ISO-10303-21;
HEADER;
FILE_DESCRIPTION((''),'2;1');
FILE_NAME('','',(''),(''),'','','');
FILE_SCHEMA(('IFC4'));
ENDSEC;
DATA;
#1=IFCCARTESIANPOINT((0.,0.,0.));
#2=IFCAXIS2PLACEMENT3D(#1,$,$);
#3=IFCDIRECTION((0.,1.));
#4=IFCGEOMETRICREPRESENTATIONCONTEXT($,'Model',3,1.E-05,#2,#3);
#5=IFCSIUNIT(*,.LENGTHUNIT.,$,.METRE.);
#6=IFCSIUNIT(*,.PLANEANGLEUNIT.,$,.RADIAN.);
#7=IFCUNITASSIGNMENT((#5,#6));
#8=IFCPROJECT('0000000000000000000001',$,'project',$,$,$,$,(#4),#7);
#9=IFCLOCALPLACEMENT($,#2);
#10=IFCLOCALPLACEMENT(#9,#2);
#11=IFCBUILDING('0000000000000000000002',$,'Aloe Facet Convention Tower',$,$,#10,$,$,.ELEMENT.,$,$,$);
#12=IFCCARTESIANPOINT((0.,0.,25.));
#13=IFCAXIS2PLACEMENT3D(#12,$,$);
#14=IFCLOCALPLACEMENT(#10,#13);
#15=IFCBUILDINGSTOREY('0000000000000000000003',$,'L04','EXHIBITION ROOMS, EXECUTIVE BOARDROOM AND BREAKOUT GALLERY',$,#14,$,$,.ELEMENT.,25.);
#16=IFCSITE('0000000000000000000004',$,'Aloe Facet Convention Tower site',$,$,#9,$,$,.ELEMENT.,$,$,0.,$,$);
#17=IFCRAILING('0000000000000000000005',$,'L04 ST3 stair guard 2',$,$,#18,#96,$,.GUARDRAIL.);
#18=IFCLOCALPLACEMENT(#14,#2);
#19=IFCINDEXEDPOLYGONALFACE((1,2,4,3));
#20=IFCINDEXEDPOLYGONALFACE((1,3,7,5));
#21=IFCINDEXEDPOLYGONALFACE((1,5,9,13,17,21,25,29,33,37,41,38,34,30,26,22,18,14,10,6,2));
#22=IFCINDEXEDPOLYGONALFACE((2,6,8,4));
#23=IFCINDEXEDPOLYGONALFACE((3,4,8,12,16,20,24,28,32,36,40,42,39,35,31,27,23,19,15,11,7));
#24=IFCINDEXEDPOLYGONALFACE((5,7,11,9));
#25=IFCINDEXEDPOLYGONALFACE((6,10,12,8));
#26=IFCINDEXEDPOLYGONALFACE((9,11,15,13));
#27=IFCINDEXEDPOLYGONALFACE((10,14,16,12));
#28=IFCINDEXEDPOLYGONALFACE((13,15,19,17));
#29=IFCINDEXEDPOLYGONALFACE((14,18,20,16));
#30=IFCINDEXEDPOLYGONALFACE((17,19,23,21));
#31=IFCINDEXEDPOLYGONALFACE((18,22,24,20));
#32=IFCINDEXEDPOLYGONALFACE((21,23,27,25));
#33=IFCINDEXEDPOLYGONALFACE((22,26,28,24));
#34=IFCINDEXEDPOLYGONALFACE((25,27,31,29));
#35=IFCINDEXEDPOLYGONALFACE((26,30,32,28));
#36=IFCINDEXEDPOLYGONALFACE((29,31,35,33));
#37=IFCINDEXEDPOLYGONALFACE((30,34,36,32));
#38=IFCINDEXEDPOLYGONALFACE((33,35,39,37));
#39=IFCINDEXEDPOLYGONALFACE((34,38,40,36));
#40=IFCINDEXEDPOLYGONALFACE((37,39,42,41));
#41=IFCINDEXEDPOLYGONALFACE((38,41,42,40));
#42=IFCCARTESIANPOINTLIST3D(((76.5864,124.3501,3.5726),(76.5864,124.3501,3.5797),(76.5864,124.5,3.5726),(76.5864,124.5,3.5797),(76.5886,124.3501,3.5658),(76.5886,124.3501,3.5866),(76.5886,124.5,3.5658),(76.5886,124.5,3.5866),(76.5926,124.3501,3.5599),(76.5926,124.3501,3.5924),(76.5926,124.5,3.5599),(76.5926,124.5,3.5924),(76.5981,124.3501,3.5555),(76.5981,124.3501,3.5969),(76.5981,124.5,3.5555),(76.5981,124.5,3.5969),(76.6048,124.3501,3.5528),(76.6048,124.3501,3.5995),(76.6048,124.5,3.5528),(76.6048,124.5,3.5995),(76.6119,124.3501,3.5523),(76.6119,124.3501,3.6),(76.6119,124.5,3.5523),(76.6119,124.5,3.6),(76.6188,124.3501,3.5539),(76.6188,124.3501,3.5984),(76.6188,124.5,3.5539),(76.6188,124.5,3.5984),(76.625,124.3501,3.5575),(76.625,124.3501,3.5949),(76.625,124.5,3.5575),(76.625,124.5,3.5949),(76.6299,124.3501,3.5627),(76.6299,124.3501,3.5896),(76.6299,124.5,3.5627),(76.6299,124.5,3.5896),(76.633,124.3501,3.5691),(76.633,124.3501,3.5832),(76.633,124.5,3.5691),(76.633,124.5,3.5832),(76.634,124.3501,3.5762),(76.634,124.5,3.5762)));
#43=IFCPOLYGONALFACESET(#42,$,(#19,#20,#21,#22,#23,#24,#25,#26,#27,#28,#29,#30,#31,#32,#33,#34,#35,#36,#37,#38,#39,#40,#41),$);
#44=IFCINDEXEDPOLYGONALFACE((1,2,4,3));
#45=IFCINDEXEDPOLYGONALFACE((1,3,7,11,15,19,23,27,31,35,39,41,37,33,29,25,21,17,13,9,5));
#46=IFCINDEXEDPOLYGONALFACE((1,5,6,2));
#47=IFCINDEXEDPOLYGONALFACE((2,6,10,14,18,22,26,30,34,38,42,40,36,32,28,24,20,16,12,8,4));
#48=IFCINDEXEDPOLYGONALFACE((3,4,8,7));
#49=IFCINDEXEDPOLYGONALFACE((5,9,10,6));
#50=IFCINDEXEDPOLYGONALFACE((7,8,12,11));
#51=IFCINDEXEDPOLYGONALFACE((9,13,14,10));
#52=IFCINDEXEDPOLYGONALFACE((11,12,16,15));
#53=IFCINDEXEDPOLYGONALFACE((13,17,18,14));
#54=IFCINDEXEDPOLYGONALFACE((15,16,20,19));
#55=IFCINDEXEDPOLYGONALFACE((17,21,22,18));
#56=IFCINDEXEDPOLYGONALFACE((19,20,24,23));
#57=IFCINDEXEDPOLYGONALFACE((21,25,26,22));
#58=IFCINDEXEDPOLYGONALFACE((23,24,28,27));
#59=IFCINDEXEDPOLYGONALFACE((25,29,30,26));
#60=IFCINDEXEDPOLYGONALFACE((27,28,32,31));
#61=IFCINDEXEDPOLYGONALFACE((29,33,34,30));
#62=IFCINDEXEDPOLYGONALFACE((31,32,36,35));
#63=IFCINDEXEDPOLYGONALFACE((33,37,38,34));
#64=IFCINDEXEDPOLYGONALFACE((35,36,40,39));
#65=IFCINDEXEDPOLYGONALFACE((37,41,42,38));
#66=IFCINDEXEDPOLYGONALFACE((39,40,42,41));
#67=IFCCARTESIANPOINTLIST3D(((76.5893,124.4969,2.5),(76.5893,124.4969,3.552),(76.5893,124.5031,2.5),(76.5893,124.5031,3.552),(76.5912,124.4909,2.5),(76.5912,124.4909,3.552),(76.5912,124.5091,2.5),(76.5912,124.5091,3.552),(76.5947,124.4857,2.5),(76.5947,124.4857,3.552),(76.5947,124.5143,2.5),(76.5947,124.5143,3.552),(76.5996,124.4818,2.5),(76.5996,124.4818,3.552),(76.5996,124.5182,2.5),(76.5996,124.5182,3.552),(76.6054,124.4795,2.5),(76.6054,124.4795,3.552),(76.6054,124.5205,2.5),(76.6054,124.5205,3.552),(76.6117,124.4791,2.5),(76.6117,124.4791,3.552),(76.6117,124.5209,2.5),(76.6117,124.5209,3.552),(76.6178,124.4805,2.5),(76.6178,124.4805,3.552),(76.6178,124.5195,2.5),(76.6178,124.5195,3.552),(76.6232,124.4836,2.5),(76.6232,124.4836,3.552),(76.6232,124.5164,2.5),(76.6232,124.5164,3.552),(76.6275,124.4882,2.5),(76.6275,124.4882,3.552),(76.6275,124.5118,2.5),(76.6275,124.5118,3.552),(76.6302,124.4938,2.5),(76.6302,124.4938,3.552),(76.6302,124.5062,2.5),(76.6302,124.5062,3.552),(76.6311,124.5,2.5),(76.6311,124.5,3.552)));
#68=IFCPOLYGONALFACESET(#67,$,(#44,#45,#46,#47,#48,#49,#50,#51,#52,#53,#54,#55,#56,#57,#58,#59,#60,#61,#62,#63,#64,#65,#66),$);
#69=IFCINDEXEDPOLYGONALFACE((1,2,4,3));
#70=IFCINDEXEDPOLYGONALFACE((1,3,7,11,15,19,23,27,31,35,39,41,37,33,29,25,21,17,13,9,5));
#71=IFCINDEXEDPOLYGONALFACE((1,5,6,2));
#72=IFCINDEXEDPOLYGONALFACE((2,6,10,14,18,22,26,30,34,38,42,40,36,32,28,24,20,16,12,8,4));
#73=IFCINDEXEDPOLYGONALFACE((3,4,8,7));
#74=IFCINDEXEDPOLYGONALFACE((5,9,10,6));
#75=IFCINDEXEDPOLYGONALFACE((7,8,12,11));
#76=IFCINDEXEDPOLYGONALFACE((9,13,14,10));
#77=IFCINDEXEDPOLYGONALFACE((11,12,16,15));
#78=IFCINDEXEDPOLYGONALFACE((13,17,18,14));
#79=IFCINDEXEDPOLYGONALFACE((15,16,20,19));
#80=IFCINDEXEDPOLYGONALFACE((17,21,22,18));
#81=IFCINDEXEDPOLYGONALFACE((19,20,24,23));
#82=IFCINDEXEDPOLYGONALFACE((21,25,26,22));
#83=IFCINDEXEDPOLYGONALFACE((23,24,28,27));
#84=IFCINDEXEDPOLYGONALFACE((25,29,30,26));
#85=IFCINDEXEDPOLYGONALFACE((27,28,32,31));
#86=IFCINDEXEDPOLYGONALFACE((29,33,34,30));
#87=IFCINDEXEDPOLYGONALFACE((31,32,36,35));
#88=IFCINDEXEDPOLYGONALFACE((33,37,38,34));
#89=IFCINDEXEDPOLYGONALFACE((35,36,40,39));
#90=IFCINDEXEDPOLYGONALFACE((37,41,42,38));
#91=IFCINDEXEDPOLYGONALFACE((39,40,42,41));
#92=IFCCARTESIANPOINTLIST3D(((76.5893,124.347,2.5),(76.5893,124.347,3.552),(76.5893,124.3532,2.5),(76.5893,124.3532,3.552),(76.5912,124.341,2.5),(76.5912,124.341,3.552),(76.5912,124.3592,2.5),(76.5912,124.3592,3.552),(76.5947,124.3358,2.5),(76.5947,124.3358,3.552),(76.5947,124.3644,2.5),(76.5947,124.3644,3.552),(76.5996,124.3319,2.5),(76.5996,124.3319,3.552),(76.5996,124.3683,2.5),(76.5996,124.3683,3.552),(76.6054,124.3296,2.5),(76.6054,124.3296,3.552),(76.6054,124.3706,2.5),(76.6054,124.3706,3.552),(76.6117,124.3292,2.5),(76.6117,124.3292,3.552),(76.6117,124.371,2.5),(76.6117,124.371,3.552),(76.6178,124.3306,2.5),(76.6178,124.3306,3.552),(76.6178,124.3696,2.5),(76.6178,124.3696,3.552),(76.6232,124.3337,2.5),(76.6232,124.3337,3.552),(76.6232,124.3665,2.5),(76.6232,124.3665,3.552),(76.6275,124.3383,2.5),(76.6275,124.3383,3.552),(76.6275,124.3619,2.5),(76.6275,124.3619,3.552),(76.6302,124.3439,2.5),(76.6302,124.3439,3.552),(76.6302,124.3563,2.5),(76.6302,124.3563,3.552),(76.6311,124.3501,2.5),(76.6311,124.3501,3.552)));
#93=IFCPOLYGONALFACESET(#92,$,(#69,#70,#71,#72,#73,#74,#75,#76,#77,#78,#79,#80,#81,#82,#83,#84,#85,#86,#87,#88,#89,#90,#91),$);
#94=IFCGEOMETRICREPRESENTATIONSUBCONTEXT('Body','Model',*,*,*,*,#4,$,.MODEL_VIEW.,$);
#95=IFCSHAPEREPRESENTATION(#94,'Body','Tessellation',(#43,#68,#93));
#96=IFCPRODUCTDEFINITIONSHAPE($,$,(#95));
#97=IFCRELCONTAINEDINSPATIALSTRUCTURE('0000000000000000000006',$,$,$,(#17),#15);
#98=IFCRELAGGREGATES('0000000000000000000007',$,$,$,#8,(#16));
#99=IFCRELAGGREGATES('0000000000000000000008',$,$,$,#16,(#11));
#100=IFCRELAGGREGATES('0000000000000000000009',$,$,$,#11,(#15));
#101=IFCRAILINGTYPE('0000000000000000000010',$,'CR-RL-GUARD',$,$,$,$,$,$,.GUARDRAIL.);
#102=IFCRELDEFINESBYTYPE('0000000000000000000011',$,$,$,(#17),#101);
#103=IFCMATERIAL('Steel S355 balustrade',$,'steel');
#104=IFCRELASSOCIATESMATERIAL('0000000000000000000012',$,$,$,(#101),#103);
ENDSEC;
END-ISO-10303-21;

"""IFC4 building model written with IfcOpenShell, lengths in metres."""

from ifc_helpers import new_model, si_unit, direction, frame, origin, origin_2d, place, context, subcontext, project, spatial, circle, extrude, material, type_object, element, save


model = new_model("IFC4")

# Units and contexts
model_context = context("Model", 3, precision=1e-05, world=origin(), true_north=direction((0.0, 1.0)))
body_context = subcontext(model_context, "Body", "Model", "MODEL_VIEW")
ifc_project = project(units=[si_unit("LENGTHUNIT", "METRE"), si_unit("PLANEANGLEUNIT", "RADIAN")], contexts=[model_context])

# Site, building, storey
site_placement = place(None, origin())
site = spatial("IfcSite", under=ifc_project, at=site_placement, Name="Aloe Facet Convention Tower site", CompositionType="ELEMENT", RefElevation=0.0)
building_placement = place(site_placement, origin())
building = spatial("IfcBuilding", under=site, at=building_placement, Name="Aloe Facet Convention Tower", CompositionType="ELEMENT")
storey_placement = place(building_placement, frame((0.0, 0.0, 25.0)))
storey = spatial("IfcBuildingStorey", under=building, at=storey_placement, Name="L04", Description="EXHIBITION ROOMS, EXECUTIVE BOARDROOM AND BREAKOUT GALLERY", CompositionType="ELEMENT", Elevation=25.0)

# Railing
ifc_material_1 = material(Name="Steel S355 balustrade", Category="steel")
railing_type_1 = type_object("IfcRailingType", Name="CR-RL-GUARD", PredefinedType="GUARDRAIL", material=ifc_material_1)
railing_1_placement = place(storey_placement, frame((76.6101, 124.5, 2.5)))
element("IfcRailing", 1, at=railing_1_placement, inside=storey, type_object=railing_type_1, Name="L04 ST3 stair guard 2", PredefinedType="GUARDRAIL", context=body_context, shape_type="SweptSolid", body=[
    extrude(circle(Radius=0.0239, at=origin_2d()), frame((0.0, 0.0, 1.0762), z_axis=(0.0, -1.0, 0.0), x_axis=(1.0, 0.0, 0.0)), (0.0, 0.0, 1.0), 0.1499),
    extrude(circle(Radius=0.021, at=origin_2d()), origin(), (0.0, 0.0, 1.0), 1.052),
    extrude(circle(Radius=0.021, at=origin_2d()), frame((0.0, -0.1499, 0.0)), (0.0, 0.0, 1.0), 1.052),
])

save(model, "model.ifc")
